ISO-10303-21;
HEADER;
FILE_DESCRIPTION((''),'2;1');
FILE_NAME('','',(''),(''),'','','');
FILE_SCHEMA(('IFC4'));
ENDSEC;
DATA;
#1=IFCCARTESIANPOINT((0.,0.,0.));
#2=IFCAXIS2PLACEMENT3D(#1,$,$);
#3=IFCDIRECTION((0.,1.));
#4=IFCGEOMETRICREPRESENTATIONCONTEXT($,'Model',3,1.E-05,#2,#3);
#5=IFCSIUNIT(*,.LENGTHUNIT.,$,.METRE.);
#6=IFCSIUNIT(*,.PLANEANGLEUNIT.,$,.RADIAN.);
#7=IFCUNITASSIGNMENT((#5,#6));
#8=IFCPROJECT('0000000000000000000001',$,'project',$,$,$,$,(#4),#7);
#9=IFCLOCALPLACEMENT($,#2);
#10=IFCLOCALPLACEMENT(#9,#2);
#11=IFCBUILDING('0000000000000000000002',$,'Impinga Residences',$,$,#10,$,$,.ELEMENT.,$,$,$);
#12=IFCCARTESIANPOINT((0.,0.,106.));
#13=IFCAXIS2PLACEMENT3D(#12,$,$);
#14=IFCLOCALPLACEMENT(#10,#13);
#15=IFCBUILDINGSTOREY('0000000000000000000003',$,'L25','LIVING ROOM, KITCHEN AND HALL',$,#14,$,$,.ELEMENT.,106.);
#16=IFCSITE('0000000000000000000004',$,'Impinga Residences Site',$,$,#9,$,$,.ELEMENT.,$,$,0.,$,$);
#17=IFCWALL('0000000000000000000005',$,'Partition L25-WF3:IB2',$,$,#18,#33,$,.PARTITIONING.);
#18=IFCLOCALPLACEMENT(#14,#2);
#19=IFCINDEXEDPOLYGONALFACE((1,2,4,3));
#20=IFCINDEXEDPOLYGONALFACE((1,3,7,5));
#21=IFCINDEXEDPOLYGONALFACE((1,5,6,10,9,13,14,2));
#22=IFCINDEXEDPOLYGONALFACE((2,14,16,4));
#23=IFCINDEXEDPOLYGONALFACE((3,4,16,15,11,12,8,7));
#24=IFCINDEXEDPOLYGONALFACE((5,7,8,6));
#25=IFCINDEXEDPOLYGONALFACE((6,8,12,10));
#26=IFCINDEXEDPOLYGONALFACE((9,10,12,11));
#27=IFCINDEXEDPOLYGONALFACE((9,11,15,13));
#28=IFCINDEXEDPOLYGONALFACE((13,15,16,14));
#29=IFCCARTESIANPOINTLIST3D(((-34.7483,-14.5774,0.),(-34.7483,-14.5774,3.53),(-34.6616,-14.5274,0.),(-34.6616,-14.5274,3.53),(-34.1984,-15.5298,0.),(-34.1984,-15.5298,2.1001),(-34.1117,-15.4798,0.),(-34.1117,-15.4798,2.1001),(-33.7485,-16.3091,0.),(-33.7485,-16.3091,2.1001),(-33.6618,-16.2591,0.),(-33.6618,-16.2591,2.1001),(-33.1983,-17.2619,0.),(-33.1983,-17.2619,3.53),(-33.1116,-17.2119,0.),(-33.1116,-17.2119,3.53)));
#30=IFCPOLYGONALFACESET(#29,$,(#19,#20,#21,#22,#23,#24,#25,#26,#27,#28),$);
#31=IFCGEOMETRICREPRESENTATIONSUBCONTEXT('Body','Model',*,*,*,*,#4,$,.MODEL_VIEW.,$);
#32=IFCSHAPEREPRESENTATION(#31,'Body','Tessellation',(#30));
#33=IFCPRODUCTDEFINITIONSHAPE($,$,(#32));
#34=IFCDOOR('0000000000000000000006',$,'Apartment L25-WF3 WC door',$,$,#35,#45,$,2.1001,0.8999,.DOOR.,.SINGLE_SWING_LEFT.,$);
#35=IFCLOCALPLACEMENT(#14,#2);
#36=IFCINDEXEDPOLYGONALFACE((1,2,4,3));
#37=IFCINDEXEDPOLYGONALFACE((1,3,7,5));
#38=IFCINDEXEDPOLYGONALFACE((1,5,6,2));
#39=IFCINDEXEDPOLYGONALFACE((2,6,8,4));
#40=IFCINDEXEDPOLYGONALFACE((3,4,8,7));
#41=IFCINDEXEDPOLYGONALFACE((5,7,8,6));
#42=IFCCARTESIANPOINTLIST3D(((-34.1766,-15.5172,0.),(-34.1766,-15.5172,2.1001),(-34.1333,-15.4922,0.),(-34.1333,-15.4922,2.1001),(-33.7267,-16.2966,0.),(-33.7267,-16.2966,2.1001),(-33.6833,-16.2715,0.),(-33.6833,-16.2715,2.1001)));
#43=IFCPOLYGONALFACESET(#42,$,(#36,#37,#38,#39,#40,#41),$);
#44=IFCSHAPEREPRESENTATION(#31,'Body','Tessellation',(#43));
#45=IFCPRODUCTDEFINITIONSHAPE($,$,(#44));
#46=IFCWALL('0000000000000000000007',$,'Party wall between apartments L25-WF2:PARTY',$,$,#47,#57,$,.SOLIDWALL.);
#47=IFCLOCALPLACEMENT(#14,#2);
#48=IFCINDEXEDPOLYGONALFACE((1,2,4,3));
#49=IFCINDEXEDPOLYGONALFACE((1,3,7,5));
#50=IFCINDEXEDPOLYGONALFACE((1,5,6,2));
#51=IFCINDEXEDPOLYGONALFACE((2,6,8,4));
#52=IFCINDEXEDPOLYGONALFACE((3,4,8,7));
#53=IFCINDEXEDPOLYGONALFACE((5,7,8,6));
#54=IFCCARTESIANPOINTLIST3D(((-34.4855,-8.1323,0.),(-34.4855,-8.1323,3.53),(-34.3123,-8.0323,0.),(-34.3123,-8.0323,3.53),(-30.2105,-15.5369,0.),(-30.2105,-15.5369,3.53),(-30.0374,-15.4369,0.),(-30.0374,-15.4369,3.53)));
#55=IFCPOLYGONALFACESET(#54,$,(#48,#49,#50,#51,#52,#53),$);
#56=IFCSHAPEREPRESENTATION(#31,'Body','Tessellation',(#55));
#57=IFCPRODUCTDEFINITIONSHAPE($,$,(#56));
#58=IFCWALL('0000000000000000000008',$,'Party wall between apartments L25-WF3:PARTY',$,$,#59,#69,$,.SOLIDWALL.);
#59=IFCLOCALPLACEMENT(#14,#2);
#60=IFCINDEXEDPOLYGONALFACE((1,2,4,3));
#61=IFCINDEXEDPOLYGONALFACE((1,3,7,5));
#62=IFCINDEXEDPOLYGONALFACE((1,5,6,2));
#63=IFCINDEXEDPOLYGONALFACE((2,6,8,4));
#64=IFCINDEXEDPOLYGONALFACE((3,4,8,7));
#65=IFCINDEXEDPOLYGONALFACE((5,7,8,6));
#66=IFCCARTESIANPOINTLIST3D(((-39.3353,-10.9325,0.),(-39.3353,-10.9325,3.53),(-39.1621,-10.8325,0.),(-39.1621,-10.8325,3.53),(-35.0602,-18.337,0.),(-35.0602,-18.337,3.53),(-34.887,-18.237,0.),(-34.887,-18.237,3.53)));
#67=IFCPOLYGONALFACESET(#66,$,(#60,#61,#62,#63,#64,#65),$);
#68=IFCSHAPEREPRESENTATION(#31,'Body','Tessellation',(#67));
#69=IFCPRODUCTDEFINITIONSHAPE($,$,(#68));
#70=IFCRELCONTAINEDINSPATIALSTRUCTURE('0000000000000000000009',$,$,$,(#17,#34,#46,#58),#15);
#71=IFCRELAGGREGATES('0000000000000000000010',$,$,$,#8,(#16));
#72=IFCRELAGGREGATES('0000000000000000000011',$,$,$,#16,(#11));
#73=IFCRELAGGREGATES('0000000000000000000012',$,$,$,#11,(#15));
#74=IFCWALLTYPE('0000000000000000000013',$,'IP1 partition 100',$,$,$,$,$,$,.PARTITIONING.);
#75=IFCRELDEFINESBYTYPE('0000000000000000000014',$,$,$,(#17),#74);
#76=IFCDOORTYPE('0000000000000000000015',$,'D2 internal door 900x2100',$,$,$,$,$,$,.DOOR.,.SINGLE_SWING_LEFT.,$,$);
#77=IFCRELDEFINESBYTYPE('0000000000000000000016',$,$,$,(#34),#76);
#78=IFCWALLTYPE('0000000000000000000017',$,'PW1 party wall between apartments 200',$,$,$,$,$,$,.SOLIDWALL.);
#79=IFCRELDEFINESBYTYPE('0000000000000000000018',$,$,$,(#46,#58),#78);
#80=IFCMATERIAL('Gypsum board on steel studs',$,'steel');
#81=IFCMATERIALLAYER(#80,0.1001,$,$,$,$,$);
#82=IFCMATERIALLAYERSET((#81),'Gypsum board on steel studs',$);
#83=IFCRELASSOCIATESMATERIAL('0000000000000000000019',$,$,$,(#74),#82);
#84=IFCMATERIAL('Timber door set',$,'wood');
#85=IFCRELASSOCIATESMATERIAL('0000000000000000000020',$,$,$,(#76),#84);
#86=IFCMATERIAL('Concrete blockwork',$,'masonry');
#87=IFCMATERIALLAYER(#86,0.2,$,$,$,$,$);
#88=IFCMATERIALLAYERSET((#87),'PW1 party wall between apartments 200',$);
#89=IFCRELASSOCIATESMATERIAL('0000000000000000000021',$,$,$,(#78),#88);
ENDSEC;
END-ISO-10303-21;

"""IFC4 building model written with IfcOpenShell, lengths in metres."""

from ifc_helpers import new_model, si_unit, direction, frame, frame_2d, origin, place, context, subcontext, project, spatial, rectangle, extrude, material, layer, layer_set, type_object, element, fill, save


model = new_model("IFC4")

# Units and contexts
model_context = context("Model", 3, precision=1e-05, world=origin(), true_north=direction((0.0, 1.0)))
body_context = subcontext(model_context, "Body", "Model", "MODEL_VIEW")
ifc_project = project(units=[si_unit("LENGTHUNIT", "METRE"), si_unit("PLANEANGLEUNIT", "RADIAN")], contexts=[model_context])

# Site, building, storey
site_placement = place(None, origin())
site = spatial("IfcSite", under=ifc_project, at=site_placement, Name="Impinga Residences Site", CompositionType="ELEMENT", RefElevation=0.0)
building_placement = place(site_placement, origin())
building = spatial("IfcBuilding", under=site, at=building_placement, Name="Impinga Residences", CompositionType="ELEMENT")
storey_placement = place(building_placement, frame((0.0, 0.0, 106.0)))
storey = spatial("IfcBuildingStorey", under=building, at=storey_placement, Name="L25", Description="LIVING ROOM, KITCHEN AND HALL", CompositionType="ELEMENT", Elevation=106.0)

# Shared definitions
ifc_material_1 = material(Name="Gypsum board on steel studs", Category="steel")
ifc_layer_1 = layer(ifc_material_1, 0.1001)
ifc_layer_set_1 = layer_set([ifc_layer_1], Name="Gypsum board on steel studs")
wall_type_1 = type_object("IfcWallType", Name="IP1 partition 100", PredefinedType="PARTITIONING", material=ifc_layer_set_1)

# Shared definitions
ifc_material_2 = material(Name="Timber door set", Category="wood")
door_type = type_object("IfcDoorType", Name="D2 internal door 900x2100", OperationType="SINGLE_SWING_LEFT", PredefinedType="DOOR", material=ifc_material_2)

# Wall, opening, door
wall_1_placement = place(storey_placement, frame((-33.155, -17.2368, 0.0), z_axis=(0.0, 0.0, 1.0), x_axis=(-0.500027, 0.86601, 0.0)))
wall_1 = element("IfcWall", 1, at=wall_1_placement, inside=storey, type_object=wall_type_1, Name="Partition L25-WF3:IB2", PredefinedType="PARTITIONING", context=body_context, shape_type="SweptSolid", body=[
    extrude(rectangle(XDim=3.0999, YDim=0.1001, at=frame_2d((1.5498, 0.0))), origin(), (0.0, 0.0, 1.0), 3.53),
])
opening_1_placement = place(wall_1_placement, frame((1.1001, 0.0, 0.0)))
opening_1 = element("IfcOpeningElement", 2, at=opening_1_placement, cuts=wall_1, PredefinedType="OPENING", context=body_context, shape_type="SweptSolid", body=[
    extrude(rectangle(XDim=0.8999, YDim=2.1001, at=frame_2d((0.45, 1.05))), frame((0.0, 0.0601, 0.0), z_axis=(0.0, -1.0, 0.0), x_axis=(1.0, 0.0, 0.0)), (0.0, 0.0, 1.0), 0.1201),
])
door_1_placement = place(opening_1_placement, origin())
door_1 = element("IfcDoor", 3, at=door_1_placement, inside=storey, type_object=door_type, Name="Apartment L25-WF3 WC door", OperationType="SINGLE_SWING_LEFT", OverallHeight=2.1001, OverallWidth=0.8999, PredefinedType="DOOR", context=body_context, shape_type="SweptSolid", body=[
    extrude(rectangle(XDim=0.8999, YDim=2.1001, at=frame_2d((0.45, 1.05))), frame((0.0, 0.0249, 0.0), z_axis=(0.0, -1.0, 0.0), x_axis=(1.0, 0.0, 0.0)), (0.0, 0.0, 1.0), 0.05),
])
fill(opening_1, door_1)

# Walls
ifc_material_3 = material(Name="Concrete blockwork", Category="masonry")
ifc_layer_2 = layer(ifc_material_3, 0.2)
ifc_layer_set_2 = layer_set([ifc_layer_2], Name="PW1 party wall between apartments 200")
wall_type_2 = type_object("IfcWallType", Name="PW1 party wall between apartments 200", PredefinedType="SOLIDWALL", material=ifc_layer_set_2)
for number, where, z_axis, x_axis, name in (
    (4, (-30.124, -15.4868, 0.0), (0.0, 0.0, 1.0), (-0.49999, 0.866031, 0.0), "Party wall between apartments L25-WF2:PARTY"),
    (5, (-34.9736, -18.2869, 0.0), (0.0, 0.0, 1.0), (-0.500012, 0.866019, 0.0), "Party wall between apartments L25-WF3:PARTY"),
):
    element("IfcWall", number, at=place(storey_placement, frame(where, z_axis=z_axis, x_axis=x_axis)), inside=storey, type_object=wall_type_2, Name=name, PredefinedType="SOLIDWALL", context=body_context, shape_type="SweptSolid", body=[
        extrude(rectangle(XDim=8.55, YDim=0.2, at=frame_2d((4.2749, 0.0))), origin(), (0.0, 0.0, 1.0), 3.53),
    ])

save(model, "model.ifc")
